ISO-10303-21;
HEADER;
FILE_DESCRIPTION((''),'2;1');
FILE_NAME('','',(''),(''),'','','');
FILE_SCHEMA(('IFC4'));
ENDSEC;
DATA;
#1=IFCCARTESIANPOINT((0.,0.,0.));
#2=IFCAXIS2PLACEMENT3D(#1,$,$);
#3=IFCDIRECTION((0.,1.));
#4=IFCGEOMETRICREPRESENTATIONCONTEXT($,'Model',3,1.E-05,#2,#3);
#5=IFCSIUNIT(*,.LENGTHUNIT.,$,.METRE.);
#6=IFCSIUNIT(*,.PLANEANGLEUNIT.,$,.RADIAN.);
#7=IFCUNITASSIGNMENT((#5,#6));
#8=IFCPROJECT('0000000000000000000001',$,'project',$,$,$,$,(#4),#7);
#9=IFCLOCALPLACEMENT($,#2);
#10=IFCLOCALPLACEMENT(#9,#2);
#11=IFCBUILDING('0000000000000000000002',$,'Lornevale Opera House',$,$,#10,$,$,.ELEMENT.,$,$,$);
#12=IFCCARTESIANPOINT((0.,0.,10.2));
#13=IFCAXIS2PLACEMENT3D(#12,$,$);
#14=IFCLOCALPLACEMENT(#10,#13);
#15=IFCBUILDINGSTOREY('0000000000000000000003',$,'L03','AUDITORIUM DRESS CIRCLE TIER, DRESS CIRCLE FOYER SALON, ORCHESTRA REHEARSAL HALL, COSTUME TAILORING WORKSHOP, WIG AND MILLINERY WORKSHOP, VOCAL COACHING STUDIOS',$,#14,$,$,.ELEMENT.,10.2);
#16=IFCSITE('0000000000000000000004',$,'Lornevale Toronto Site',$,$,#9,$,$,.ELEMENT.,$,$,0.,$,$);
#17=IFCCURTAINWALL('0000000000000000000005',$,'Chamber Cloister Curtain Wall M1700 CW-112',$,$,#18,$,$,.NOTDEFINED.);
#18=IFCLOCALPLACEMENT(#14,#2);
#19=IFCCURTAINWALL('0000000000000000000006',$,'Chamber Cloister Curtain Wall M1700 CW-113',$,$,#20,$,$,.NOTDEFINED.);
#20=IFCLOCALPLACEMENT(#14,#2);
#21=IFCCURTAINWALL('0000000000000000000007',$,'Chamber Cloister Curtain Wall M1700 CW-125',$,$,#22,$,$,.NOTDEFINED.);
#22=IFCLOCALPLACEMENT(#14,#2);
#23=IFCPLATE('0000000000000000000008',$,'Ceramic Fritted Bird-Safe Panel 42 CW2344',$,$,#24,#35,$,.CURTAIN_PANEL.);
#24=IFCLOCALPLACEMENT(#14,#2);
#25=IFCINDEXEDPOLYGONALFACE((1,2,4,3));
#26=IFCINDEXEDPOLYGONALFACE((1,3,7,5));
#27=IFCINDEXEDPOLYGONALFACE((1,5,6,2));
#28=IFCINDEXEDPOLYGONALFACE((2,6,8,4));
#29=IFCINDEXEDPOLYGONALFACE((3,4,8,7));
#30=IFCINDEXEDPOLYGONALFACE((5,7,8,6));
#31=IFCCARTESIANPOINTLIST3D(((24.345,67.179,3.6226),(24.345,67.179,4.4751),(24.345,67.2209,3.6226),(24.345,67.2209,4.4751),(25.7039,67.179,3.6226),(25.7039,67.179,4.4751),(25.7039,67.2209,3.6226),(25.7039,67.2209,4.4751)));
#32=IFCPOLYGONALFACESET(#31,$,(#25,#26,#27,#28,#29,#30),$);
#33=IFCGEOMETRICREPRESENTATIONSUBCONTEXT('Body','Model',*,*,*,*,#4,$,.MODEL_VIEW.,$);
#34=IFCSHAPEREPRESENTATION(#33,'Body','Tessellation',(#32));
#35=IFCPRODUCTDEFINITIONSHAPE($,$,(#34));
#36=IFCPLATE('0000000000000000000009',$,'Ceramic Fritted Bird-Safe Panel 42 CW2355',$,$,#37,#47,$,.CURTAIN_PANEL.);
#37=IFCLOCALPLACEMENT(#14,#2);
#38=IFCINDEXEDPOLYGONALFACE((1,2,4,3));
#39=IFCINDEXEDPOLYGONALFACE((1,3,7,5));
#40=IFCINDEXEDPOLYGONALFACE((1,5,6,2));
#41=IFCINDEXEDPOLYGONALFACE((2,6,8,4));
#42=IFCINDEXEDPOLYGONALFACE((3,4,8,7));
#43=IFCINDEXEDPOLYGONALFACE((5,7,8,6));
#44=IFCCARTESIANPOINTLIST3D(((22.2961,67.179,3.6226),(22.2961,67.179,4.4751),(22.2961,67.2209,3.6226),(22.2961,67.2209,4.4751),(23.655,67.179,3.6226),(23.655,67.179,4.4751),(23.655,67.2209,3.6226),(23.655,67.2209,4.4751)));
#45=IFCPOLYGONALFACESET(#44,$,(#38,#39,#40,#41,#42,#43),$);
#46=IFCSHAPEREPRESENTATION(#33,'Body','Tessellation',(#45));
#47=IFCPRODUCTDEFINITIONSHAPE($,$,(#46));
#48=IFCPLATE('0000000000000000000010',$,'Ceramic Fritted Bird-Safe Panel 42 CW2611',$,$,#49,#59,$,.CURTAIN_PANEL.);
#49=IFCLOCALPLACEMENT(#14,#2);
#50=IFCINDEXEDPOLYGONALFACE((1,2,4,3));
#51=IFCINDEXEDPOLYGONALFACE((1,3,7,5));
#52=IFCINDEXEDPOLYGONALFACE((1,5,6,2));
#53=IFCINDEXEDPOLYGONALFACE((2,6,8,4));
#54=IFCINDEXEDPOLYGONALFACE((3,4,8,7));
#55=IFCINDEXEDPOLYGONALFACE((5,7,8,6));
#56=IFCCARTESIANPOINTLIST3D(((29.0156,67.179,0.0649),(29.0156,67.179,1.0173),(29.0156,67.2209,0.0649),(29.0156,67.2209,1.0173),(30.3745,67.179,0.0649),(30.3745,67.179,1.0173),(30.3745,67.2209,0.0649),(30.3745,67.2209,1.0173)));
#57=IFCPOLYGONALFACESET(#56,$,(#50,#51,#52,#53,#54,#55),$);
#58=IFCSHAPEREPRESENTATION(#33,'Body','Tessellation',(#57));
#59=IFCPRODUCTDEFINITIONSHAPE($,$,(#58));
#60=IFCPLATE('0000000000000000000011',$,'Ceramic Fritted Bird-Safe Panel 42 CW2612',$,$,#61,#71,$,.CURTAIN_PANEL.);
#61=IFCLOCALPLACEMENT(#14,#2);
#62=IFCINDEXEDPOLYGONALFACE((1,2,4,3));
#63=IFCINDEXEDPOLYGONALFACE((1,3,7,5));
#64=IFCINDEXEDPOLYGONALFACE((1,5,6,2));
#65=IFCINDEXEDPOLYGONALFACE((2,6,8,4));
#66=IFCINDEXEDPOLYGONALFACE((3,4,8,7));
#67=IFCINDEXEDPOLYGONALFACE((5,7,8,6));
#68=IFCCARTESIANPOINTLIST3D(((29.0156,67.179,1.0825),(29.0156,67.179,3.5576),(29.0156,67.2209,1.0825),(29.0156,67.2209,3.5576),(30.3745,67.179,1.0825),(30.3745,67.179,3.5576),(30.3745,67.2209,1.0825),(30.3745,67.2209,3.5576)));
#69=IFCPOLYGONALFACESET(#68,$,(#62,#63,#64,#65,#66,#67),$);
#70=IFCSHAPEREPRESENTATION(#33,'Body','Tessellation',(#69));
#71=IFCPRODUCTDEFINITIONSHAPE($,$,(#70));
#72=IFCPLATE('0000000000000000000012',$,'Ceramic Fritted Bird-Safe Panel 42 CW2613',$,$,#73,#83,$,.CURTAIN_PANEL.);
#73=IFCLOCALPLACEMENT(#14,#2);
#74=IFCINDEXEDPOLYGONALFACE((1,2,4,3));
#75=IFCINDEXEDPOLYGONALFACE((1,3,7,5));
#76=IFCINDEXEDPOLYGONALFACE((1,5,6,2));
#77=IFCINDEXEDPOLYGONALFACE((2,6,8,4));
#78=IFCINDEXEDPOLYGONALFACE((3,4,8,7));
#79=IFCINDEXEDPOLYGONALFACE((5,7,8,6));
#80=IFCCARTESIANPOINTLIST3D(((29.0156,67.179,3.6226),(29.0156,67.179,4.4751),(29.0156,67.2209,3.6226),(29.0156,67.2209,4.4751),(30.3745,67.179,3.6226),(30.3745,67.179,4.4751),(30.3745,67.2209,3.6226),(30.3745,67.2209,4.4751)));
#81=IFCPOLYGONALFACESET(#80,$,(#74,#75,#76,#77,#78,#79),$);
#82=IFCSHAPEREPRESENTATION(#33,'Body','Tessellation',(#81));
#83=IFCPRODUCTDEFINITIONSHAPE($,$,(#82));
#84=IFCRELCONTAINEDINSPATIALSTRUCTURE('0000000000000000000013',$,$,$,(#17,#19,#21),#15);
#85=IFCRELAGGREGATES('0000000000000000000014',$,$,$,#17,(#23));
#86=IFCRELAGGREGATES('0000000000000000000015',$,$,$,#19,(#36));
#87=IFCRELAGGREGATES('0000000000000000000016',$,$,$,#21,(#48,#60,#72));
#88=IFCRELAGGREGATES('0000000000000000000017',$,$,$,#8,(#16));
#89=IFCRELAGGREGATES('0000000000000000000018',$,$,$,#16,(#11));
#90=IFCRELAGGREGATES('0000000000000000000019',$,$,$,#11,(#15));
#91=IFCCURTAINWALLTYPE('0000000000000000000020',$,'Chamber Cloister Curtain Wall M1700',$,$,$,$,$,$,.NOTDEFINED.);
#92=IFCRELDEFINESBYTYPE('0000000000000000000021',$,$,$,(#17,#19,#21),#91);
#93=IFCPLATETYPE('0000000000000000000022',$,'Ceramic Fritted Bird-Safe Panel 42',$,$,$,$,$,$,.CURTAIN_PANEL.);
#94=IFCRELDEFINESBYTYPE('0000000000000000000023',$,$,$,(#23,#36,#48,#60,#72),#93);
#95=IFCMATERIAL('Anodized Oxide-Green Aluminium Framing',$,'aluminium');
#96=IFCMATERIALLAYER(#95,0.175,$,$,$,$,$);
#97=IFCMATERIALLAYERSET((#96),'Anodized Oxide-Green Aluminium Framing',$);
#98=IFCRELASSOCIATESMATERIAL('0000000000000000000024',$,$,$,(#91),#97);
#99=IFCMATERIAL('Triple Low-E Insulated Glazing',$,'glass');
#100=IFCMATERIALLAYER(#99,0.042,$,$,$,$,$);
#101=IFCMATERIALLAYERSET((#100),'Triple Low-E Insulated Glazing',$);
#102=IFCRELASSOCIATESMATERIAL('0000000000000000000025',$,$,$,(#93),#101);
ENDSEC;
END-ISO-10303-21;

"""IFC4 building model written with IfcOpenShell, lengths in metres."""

from ifc_helpers import new_model, si_unit, direction, frame, origin, origin_2d, place, context, subcontext, project, spatial, rectangle, extrude, material, layer, layer_set, type_object, element, aggregate, save


model = new_model("IFC4")

# Units and contexts
model_context = context("Model", 3, precision=1e-05, world=origin(), true_north=direction((0.0, 1.0)))
body_context = subcontext(model_context, "Body", "Model", "MODEL_VIEW")
ifc_project = project(units=[si_unit("LENGTHUNIT", "METRE"), si_unit("PLANEANGLEUNIT", "RADIAN")], contexts=[model_context])

# Site, building, storey
site_placement = place(None, origin())
site = spatial("IfcSite", under=ifc_project, at=site_placement, Name="Lornevale Toronto Site", CompositionType="ELEMENT", RefElevation=0.0)
building_placement = place(site_placement, origin())
building = spatial("IfcBuilding", under=site, at=building_placement, Name="Lornevale Opera House", CompositionType="ELEMENT")
storey_placement = place(building_placement, frame((0.0, 0.0, 10.2)))
storey = spatial("IfcBuildingStorey", under=building, at=storey_placement, Name="L03", Description="AUDITORIUM DRESS CIRCLE TIER, DRESS CIRCLE FOYER SALON, ORCHESTRA REHEARSAL HALL, COSTUME TAILORING WORKSHOP, WIG AND MILLINERY WORKSHOP, VOCAL COACHING STUDIOS", CompositionType="ELEMENT", Elevation=10.2)

# Curtain wall
ifc_material_1 = material(Name="Anodized Oxide-Green Aluminium Framing", Category="aluminium")
ifc_layer_1 = layer(ifc_material_1, 0.175)
ifc_layer_set_1 = layer_set([ifc_layer_1], Name="Anodized Oxide-Green Aluminium Framing")
curtain_wall_type = type_object("IfcCurtainWallType", Name="Chamber Cloister Curtain Wall M1700", PredefinedType="NOTDEFINED", material=ifc_layer_set_1)
curtain_wall_1_placement = place(storey_placement, origin())
curtain_wall_1 = element("IfcCurtainWall", 1, at=curtain_wall_1_placement, inside=storey, type_object=curtain_wall_type, Name="Chamber Cloister Curtain Wall M1700 CW-112", PredefinedType="NOTDEFINED")

# Curtain walls
curtain_wall_2_placement = place(storey_placement, origin())
curtain_wall_2 = element("IfcCurtainWall", 2, at=curtain_wall_2_placement, inside=storey, type_object=curtain_wall_type, Name="Chamber Cloister Curtain Wall M1700 CW-113", PredefinedType="NOTDEFINED")
curtain_wall_3_placement = place(storey_placement, origin())
curtain_wall_3 = element("IfcCurtainWall", 3, at=curtain_wall_3_placement, inside=storey, type_object=curtain_wall_type, Name="Chamber Cloister Curtain Wall M1700 CW-125", PredefinedType="NOTDEFINED")

# Plates
ifc_material_2 = material(Name="Triple Low-E Insulated Glazing", Category="glass")
ifc_layer_2 = layer(ifc_material_2, 0.042)
ifc_layer_set_2 = layer_set([ifc_layer_2], Name="Triple Low-E Insulated Glazing")
plate_type = type_object("IfcPlateType", Name="Ceramic Fritted Bird-Safe Panel 42", PredefinedType="CURTAIN_PANEL", material=ifc_layer_set_2)
plate_1_placement = place(storey_placement, frame((25.0244, 67.2, 3.6226), z_axis=(0.0, 0.0, 1.0), x_axis=(-1.0, 0.0, 0.0)))
plate_1 = element("IfcPlate", 4, at=plate_1_placement, type_object=plate_type, Name="Ceramic Fritted Bird-Safe Panel 42 CW2344", PredefinedType="CURTAIN_PANEL", context=body_context, shape_type="SweptSolid", body=[
    extrude(rectangle(XDim=1.3589, YDim=0.042, at=origin_2d()), origin(), (0.0, 0.0, 1.0), 0.8525),
])
aggregate(curtain_wall_1, [plate_1])
plate_2_placement = place(storey_placement, frame((22.9756, 67.2, 3.6226), z_axis=(0.0, 0.0, 1.0), x_axis=(-1.0, 0.0, 0.0)))
plate_2 = element("IfcPlate", 5, at=plate_2_placement, type_object=plate_type, Name="Ceramic Fritted Bird-Safe Panel 42 CW2355", PredefinedType="CURTAIN_PANEL", context=body_context, shape_type="SweptSolid", body=[
    extrude(rectangle(XDim=1.3589, YDim=0.042, at=origin_2d()), origin(), (0.0, 0.0, 1.0), 0.8525),
])
aggregate(curtain_wall_2, [plate_2])
plate_3_placement = place(storey_placement, frame((29.6951, 67.2, 0.0649), z_axis=(0.0, 0.0, 1.0), x_axis=(-1.0, 0.0, 0.0)))
plate_3 = element("IfcPlate", 6, at=plate_3_placement, type_object=plate_type, Name="Ceramic Fritted Bird-Safe Panel 42 CW2611", PredefinedType="CURTAIN_PANEL", context=body_context, shape_type="SweptSolid", body=[
    extrude(rectangle(XDim=1.3589, YDim=0.042, at=origin_2d()), origin(), (0.0, 0.0, 1.0), 0.9524),
])
plate_4_placement = place(storey_placement, frame((29.6951, 67.2, 1.0825), z_axis=(0.0, 0.0, 1.0), x_axis=(-1.0, 0.0, 0.0)))
plate_4 = element("IfcPlate", 7, at=plate_4_placement, type_object=plate_type, Name="Ceramic Fritted Bird-Safe Panel 42 CW2612", PredefinedType="CURTAIN_PANEL", context=body_context, shape_type="SweptSolid", body=[
    extrude(rectangle(XDim=1.3589, YDim=0.042, at=origin_2d()), origin(), (0.0, 0.0, 1.0), 2.4751),
])
plate_5_placement = place(storey_placement, frame((29.6951, 67.2, 3.6226), z_axis=(0.0, 0.0, 1.0), x_axis=(-1.0, 0.0, 0.0)))
plate_5 = element("IfcPlate", 8, at=plate_5_placement, type_object=plate_type, Name="Ceramic Fritted Bird-Safe Panel 42 CW2613", PredefinedType="CURTAIN_PANEL", context=body_context, shape_type="SweptSolid", body=[
    extrude(rectangle(XDim=1.3589, YDim=0.042, at=origin_2d()), origin(), (0.0, 0.0, 1.0), 0.8525),
])
aggregate(curtain_wall_3, [plate_3, plate_4, plate_5])

save(model, "model.ifc")
